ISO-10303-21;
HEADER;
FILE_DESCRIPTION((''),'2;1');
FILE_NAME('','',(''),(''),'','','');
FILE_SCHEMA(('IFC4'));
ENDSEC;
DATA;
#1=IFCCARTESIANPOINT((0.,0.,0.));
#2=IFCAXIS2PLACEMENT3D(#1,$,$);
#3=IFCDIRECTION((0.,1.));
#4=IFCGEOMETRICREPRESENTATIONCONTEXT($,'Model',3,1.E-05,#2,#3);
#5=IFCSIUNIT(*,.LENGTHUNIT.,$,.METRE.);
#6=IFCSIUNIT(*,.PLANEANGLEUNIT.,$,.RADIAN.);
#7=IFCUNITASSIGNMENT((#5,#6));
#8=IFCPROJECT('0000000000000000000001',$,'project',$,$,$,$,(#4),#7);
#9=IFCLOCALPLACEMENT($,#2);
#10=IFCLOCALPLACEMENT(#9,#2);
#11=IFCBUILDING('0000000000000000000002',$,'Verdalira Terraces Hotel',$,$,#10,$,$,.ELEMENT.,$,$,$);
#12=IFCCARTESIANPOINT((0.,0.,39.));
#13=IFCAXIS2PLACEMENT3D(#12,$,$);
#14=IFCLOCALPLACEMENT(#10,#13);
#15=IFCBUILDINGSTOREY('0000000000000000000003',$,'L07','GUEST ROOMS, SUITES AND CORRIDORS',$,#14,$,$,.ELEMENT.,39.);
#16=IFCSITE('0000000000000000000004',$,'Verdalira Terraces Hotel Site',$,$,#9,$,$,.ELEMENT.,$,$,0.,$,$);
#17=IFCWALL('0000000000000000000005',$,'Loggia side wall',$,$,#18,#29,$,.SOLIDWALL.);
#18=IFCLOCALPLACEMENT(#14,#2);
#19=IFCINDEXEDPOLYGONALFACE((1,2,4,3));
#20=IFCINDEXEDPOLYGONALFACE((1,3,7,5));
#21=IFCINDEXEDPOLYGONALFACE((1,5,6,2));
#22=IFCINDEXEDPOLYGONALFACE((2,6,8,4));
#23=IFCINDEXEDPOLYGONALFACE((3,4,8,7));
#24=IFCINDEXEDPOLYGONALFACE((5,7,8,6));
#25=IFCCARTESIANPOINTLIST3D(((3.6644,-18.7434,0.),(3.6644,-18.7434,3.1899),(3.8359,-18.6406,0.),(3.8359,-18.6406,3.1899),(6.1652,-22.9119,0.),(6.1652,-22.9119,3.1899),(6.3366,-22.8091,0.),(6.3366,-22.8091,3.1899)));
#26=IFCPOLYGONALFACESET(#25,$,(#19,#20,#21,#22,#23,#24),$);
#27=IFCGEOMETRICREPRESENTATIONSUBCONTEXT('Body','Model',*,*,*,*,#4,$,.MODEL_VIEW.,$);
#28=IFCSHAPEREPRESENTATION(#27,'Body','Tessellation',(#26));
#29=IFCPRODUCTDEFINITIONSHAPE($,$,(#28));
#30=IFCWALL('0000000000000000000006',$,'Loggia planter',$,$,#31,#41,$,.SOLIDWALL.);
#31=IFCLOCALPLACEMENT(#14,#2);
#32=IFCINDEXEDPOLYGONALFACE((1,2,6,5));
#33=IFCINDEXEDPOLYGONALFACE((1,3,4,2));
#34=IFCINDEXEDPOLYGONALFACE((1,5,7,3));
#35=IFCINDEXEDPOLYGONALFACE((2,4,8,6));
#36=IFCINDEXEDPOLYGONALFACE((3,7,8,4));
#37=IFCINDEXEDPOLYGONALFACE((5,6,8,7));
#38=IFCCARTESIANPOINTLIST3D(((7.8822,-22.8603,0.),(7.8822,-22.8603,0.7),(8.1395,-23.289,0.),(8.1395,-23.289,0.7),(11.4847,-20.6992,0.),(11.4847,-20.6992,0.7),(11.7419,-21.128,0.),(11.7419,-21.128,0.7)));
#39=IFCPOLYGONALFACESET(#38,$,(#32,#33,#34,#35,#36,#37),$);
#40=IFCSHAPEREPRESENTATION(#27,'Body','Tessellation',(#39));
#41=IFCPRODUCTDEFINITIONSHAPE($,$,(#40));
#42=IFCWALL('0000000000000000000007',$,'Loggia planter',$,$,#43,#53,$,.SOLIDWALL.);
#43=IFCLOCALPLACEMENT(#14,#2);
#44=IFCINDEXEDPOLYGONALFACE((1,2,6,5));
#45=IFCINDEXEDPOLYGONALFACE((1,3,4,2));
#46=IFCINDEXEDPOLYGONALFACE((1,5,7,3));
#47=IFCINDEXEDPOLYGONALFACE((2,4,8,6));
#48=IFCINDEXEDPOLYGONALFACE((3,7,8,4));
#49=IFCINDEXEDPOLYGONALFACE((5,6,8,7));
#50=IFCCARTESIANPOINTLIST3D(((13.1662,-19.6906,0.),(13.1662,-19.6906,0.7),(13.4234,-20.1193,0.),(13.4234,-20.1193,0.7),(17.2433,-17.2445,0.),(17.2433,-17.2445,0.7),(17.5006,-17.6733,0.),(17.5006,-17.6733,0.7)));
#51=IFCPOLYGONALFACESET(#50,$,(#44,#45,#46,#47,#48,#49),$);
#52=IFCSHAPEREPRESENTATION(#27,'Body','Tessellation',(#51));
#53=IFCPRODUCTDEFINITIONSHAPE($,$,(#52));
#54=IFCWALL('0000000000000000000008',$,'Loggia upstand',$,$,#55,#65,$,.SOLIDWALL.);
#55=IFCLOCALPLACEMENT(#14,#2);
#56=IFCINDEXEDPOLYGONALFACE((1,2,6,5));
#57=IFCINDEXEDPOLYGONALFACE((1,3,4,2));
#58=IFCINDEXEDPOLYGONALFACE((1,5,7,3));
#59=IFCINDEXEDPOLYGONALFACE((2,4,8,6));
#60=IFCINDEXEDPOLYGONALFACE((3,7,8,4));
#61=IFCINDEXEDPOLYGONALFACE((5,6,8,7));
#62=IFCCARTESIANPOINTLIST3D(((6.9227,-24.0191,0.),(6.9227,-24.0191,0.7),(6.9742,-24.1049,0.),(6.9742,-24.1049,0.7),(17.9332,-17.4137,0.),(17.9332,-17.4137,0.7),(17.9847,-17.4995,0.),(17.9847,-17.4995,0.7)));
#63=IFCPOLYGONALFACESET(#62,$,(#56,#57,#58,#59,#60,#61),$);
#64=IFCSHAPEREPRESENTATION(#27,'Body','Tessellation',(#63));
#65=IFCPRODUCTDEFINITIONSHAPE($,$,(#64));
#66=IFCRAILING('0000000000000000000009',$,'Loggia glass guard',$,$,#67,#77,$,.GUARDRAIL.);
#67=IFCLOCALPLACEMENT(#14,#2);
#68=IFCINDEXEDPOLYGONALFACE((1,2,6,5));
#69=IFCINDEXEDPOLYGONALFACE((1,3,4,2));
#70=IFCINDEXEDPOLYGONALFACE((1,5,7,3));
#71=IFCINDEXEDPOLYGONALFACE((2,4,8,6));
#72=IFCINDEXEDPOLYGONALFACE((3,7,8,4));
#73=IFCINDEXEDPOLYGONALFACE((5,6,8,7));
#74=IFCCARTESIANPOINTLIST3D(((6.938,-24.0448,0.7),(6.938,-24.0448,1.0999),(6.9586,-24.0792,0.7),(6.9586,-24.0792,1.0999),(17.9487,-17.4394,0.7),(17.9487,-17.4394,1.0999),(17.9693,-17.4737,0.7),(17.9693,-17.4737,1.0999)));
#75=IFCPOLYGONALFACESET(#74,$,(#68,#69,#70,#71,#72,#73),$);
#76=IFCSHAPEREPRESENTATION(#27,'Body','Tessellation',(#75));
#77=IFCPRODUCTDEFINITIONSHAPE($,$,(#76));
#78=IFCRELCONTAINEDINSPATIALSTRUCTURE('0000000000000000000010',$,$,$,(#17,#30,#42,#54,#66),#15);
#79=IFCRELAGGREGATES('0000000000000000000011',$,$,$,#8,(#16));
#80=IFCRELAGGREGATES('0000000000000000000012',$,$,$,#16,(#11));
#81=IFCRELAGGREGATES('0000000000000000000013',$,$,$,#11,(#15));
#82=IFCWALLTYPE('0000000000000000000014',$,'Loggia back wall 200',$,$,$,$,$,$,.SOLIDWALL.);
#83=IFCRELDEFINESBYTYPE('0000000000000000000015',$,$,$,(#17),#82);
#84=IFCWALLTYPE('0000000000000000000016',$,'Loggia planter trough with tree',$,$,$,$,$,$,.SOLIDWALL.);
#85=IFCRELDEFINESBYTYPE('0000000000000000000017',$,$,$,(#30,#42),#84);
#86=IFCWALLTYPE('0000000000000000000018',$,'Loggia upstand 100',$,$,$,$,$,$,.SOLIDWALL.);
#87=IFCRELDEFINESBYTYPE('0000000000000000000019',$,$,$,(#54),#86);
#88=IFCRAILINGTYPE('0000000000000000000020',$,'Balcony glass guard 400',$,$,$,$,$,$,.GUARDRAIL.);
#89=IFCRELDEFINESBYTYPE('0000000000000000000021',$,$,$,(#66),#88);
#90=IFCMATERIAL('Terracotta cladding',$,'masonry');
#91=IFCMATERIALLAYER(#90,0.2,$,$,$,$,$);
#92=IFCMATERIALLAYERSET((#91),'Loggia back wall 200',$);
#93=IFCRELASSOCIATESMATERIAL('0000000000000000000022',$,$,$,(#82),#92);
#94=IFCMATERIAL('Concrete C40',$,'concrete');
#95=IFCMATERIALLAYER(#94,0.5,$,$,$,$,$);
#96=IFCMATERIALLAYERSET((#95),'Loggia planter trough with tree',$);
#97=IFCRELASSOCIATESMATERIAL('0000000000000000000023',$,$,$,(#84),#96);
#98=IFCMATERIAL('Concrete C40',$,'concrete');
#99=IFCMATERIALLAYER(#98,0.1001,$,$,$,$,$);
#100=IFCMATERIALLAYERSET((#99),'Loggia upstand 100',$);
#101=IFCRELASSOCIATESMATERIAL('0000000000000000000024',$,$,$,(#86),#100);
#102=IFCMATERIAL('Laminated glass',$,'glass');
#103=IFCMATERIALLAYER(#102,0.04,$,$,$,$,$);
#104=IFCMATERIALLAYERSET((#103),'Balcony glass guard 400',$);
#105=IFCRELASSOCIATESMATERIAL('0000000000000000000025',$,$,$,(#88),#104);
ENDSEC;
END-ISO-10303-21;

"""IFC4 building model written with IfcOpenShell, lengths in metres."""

from ifc_helpers import new_model, si_unit, direction, frame, frame_2d, origin, origin_2d, place, context, subcontext, project, spatial, rectangle, extrude, material, layer, layer_set, type_object, element, save


model = new_model("IFC4")

# Units and contexts
model_context = context("Model", 3, precision=1e-05, world=origin(), true_north=direction((0.0, 1.0)))
body_context = subcontext(model_context, "Body", "Model", "MODEL_VIEW")
ifc_project = project(units=[si_unit("LENGTHUNIT", "METRE"), si_unit("PLANEANGLEUNIT", "RADIAN")], contexts=[model_context])

# Site, building, storey
site_placement = place(None, origin())
site = spatial("IfcSite", under=ifc_project, at=site_placement, Name="Verdalira Terraces Hotel Site", CompositionType="ELEMENT", RefElevation=0.0)
building_placement = place(site_placement, origin())
building = spatial("IfcBuilding", under=site, at=building_placement, Name="Verdalira Terraces Hotel", CompositionType="ELEMENT")
storey_placement = place(building_placement, frame((0.0, 0.0, 39.0)))
storey = spatial("IfcBuildingStorey", under=building, at=storey_placement, Name="L07", Description="GUEST ROOMS, SUITES AND CORRIDORS", CompositionType="ELEMENT", Elevation=39.0)

# Walls
ifc_material_1 = material(Name="Terracotta cladding", Category="masonry")
ifc_layer_1 = layer(ifc_material_1, 0.2)
ifc_layer_set_1 = layer_set([ifc_layer_1], Name="Loggia back wall 200")
wall_type_1 = type_object("IfcWallType", Name="Loggia back wall 200", PredefinedType="SOLIDWALL", material=ifc_layer_set_1)
wall_1_placement = place(storey_placement, frame((6.251, -22.8606, 0.0), z_axis=(0.0, 0.0, 1.0), x_axis=(-0.514444, 0.857524, 0.0)))
element("IfcWall", 1, at=wall_1_placement, inside=storey, type_object=wall_type_1, Name="Loggia side wall", PredefinedType="SOLIDWALL", context=body_context, shape_type="SweptSolid", body=[
    extrude(rectangle(XDim=4.8611, YDim=0.2, at=frame_2d((2.4307, 0.0))), origin(), (0.0, 0.0, 1.0), 3.1899),
])
ifc_material_2 = material(Name="Concrete C40", Category="concrete")
ifc_layer_2 = layer(ifc_material_2, 0.5)
ifc_layer_set_2 = layer_set([ifc_layer_2], Name="Loggia planter trough with tree")
wall_type_2 = type_object("IfcWallType", Name="Loggia planter trough with tree", PredefinedType="SOLIDWALL", material=ifc_layer_set_2)
wall_2_placement = place(storey_placement, frame((8.0107, -23.0747, 0.0), z_axis=(0.0, 0.0, 1.0), x_axis=(0.857534, 0.514427, 0.0)))
element("IfcWall", 2, at=wall_2_placement, inside=storey, type_object=wall_type_2, Name="Loggia planter", PredefinedType="SOLIDWALL", context=body_context, shape_type="SweptSolid", body=[
    extrude(rectangle(XDim=4.2009, YDim=0.5, at=frame_2d((2.1006, 0.0))), origin(), (0.0, 0.0, 1.0), 0.7),
])
wall_3_placement = place(storey_placement, frame((13.2947, -19.905, 0.0), z_axis=(0.0, 0.0, 1.0), x_axis=(0.857516, 0.514458, 0.0)))
element("IfcWall", 3, at=wall_3_placement, inside=storey, type_object=wall_type_2, Name="Loggia planter", PredefinedType="SOLIDWALL", context=body_context, shape_type="SweptSolid", body=[
    extrude(rectangle(XDim=4.7546, YDim=0.5, at=frame_2d((2.3774, 0.0))), origin(), (0.0, 0.0, 1.0), 0.7),
])
ifc_material_3 = material(Name="Concrete C40", Category="concrete")
ifc_layer_3 = layer(ifc_material_3, 0.1001)
ifc_layer_set_3 = layer_set([ifc_layer_3], Name="Loggia upstand 100")
wall_type_3 = type_object("IfcWallType", Name="Loggia upstand 100", PredefinedType="SOLIDWALL", material=ifc_layer_set_3)
wall_4_placement = place(storey_placement, frame((6.9485, -24.062, 0.0), z_axis=(0.0, 0.0, 1.0), x_axis=(0.857521, 0.514448, 0.0)))
element("IfcWall", 4, at=wall_4_placement, inside=storey, type_object=wall_type_3, Name="Loggia upstand", PredefinedType="SOLIDWALL", context=body_context, shape_type="SweptSolid", body=[
    extrude(rectangle(XDim=12.8398, YDim=0.1001, at=frame_2d((6.4199, 0.0))), origin(), (0.0, 0.0, 1.0), 0.7),
])

# Railing
ifc_material_4 = material(Name="Laminated glass", Category="glass")
ifc_layer_4 = layer(ifc_material_4, 0.04)
ifc_layer_set_4 = layer_set([ifc_layer_4], Name="Balcony glass guard 400")
railing_type = type_object("IfcRailingType", Name="Balcony glass guard 400", PredefinedType="GUARDRAIL", material=ifc_layer_set_4)
railing_placement = place(storey_placement, frame((12.4536, -20.7593, 0.7), z_axis=(0.0, 0.0, 1.0), x_axis=(0.857527, 0.51444, 0.0)))
element("IfcRailing", 5, at=railing_placement, inside=storey, type_object=railing_type, Name="Loggia glass guard", PredefinedType="GUARDRAIL", context=body_context, shape_type="SweptSolid", body=[
    extrude(rectangle(XDim=12.8401, YDim=0.04, at=origin_2d()), origin(), (0.0, 0.0, 1.0), 0.3999),
])

save(model, "model.ifc")
